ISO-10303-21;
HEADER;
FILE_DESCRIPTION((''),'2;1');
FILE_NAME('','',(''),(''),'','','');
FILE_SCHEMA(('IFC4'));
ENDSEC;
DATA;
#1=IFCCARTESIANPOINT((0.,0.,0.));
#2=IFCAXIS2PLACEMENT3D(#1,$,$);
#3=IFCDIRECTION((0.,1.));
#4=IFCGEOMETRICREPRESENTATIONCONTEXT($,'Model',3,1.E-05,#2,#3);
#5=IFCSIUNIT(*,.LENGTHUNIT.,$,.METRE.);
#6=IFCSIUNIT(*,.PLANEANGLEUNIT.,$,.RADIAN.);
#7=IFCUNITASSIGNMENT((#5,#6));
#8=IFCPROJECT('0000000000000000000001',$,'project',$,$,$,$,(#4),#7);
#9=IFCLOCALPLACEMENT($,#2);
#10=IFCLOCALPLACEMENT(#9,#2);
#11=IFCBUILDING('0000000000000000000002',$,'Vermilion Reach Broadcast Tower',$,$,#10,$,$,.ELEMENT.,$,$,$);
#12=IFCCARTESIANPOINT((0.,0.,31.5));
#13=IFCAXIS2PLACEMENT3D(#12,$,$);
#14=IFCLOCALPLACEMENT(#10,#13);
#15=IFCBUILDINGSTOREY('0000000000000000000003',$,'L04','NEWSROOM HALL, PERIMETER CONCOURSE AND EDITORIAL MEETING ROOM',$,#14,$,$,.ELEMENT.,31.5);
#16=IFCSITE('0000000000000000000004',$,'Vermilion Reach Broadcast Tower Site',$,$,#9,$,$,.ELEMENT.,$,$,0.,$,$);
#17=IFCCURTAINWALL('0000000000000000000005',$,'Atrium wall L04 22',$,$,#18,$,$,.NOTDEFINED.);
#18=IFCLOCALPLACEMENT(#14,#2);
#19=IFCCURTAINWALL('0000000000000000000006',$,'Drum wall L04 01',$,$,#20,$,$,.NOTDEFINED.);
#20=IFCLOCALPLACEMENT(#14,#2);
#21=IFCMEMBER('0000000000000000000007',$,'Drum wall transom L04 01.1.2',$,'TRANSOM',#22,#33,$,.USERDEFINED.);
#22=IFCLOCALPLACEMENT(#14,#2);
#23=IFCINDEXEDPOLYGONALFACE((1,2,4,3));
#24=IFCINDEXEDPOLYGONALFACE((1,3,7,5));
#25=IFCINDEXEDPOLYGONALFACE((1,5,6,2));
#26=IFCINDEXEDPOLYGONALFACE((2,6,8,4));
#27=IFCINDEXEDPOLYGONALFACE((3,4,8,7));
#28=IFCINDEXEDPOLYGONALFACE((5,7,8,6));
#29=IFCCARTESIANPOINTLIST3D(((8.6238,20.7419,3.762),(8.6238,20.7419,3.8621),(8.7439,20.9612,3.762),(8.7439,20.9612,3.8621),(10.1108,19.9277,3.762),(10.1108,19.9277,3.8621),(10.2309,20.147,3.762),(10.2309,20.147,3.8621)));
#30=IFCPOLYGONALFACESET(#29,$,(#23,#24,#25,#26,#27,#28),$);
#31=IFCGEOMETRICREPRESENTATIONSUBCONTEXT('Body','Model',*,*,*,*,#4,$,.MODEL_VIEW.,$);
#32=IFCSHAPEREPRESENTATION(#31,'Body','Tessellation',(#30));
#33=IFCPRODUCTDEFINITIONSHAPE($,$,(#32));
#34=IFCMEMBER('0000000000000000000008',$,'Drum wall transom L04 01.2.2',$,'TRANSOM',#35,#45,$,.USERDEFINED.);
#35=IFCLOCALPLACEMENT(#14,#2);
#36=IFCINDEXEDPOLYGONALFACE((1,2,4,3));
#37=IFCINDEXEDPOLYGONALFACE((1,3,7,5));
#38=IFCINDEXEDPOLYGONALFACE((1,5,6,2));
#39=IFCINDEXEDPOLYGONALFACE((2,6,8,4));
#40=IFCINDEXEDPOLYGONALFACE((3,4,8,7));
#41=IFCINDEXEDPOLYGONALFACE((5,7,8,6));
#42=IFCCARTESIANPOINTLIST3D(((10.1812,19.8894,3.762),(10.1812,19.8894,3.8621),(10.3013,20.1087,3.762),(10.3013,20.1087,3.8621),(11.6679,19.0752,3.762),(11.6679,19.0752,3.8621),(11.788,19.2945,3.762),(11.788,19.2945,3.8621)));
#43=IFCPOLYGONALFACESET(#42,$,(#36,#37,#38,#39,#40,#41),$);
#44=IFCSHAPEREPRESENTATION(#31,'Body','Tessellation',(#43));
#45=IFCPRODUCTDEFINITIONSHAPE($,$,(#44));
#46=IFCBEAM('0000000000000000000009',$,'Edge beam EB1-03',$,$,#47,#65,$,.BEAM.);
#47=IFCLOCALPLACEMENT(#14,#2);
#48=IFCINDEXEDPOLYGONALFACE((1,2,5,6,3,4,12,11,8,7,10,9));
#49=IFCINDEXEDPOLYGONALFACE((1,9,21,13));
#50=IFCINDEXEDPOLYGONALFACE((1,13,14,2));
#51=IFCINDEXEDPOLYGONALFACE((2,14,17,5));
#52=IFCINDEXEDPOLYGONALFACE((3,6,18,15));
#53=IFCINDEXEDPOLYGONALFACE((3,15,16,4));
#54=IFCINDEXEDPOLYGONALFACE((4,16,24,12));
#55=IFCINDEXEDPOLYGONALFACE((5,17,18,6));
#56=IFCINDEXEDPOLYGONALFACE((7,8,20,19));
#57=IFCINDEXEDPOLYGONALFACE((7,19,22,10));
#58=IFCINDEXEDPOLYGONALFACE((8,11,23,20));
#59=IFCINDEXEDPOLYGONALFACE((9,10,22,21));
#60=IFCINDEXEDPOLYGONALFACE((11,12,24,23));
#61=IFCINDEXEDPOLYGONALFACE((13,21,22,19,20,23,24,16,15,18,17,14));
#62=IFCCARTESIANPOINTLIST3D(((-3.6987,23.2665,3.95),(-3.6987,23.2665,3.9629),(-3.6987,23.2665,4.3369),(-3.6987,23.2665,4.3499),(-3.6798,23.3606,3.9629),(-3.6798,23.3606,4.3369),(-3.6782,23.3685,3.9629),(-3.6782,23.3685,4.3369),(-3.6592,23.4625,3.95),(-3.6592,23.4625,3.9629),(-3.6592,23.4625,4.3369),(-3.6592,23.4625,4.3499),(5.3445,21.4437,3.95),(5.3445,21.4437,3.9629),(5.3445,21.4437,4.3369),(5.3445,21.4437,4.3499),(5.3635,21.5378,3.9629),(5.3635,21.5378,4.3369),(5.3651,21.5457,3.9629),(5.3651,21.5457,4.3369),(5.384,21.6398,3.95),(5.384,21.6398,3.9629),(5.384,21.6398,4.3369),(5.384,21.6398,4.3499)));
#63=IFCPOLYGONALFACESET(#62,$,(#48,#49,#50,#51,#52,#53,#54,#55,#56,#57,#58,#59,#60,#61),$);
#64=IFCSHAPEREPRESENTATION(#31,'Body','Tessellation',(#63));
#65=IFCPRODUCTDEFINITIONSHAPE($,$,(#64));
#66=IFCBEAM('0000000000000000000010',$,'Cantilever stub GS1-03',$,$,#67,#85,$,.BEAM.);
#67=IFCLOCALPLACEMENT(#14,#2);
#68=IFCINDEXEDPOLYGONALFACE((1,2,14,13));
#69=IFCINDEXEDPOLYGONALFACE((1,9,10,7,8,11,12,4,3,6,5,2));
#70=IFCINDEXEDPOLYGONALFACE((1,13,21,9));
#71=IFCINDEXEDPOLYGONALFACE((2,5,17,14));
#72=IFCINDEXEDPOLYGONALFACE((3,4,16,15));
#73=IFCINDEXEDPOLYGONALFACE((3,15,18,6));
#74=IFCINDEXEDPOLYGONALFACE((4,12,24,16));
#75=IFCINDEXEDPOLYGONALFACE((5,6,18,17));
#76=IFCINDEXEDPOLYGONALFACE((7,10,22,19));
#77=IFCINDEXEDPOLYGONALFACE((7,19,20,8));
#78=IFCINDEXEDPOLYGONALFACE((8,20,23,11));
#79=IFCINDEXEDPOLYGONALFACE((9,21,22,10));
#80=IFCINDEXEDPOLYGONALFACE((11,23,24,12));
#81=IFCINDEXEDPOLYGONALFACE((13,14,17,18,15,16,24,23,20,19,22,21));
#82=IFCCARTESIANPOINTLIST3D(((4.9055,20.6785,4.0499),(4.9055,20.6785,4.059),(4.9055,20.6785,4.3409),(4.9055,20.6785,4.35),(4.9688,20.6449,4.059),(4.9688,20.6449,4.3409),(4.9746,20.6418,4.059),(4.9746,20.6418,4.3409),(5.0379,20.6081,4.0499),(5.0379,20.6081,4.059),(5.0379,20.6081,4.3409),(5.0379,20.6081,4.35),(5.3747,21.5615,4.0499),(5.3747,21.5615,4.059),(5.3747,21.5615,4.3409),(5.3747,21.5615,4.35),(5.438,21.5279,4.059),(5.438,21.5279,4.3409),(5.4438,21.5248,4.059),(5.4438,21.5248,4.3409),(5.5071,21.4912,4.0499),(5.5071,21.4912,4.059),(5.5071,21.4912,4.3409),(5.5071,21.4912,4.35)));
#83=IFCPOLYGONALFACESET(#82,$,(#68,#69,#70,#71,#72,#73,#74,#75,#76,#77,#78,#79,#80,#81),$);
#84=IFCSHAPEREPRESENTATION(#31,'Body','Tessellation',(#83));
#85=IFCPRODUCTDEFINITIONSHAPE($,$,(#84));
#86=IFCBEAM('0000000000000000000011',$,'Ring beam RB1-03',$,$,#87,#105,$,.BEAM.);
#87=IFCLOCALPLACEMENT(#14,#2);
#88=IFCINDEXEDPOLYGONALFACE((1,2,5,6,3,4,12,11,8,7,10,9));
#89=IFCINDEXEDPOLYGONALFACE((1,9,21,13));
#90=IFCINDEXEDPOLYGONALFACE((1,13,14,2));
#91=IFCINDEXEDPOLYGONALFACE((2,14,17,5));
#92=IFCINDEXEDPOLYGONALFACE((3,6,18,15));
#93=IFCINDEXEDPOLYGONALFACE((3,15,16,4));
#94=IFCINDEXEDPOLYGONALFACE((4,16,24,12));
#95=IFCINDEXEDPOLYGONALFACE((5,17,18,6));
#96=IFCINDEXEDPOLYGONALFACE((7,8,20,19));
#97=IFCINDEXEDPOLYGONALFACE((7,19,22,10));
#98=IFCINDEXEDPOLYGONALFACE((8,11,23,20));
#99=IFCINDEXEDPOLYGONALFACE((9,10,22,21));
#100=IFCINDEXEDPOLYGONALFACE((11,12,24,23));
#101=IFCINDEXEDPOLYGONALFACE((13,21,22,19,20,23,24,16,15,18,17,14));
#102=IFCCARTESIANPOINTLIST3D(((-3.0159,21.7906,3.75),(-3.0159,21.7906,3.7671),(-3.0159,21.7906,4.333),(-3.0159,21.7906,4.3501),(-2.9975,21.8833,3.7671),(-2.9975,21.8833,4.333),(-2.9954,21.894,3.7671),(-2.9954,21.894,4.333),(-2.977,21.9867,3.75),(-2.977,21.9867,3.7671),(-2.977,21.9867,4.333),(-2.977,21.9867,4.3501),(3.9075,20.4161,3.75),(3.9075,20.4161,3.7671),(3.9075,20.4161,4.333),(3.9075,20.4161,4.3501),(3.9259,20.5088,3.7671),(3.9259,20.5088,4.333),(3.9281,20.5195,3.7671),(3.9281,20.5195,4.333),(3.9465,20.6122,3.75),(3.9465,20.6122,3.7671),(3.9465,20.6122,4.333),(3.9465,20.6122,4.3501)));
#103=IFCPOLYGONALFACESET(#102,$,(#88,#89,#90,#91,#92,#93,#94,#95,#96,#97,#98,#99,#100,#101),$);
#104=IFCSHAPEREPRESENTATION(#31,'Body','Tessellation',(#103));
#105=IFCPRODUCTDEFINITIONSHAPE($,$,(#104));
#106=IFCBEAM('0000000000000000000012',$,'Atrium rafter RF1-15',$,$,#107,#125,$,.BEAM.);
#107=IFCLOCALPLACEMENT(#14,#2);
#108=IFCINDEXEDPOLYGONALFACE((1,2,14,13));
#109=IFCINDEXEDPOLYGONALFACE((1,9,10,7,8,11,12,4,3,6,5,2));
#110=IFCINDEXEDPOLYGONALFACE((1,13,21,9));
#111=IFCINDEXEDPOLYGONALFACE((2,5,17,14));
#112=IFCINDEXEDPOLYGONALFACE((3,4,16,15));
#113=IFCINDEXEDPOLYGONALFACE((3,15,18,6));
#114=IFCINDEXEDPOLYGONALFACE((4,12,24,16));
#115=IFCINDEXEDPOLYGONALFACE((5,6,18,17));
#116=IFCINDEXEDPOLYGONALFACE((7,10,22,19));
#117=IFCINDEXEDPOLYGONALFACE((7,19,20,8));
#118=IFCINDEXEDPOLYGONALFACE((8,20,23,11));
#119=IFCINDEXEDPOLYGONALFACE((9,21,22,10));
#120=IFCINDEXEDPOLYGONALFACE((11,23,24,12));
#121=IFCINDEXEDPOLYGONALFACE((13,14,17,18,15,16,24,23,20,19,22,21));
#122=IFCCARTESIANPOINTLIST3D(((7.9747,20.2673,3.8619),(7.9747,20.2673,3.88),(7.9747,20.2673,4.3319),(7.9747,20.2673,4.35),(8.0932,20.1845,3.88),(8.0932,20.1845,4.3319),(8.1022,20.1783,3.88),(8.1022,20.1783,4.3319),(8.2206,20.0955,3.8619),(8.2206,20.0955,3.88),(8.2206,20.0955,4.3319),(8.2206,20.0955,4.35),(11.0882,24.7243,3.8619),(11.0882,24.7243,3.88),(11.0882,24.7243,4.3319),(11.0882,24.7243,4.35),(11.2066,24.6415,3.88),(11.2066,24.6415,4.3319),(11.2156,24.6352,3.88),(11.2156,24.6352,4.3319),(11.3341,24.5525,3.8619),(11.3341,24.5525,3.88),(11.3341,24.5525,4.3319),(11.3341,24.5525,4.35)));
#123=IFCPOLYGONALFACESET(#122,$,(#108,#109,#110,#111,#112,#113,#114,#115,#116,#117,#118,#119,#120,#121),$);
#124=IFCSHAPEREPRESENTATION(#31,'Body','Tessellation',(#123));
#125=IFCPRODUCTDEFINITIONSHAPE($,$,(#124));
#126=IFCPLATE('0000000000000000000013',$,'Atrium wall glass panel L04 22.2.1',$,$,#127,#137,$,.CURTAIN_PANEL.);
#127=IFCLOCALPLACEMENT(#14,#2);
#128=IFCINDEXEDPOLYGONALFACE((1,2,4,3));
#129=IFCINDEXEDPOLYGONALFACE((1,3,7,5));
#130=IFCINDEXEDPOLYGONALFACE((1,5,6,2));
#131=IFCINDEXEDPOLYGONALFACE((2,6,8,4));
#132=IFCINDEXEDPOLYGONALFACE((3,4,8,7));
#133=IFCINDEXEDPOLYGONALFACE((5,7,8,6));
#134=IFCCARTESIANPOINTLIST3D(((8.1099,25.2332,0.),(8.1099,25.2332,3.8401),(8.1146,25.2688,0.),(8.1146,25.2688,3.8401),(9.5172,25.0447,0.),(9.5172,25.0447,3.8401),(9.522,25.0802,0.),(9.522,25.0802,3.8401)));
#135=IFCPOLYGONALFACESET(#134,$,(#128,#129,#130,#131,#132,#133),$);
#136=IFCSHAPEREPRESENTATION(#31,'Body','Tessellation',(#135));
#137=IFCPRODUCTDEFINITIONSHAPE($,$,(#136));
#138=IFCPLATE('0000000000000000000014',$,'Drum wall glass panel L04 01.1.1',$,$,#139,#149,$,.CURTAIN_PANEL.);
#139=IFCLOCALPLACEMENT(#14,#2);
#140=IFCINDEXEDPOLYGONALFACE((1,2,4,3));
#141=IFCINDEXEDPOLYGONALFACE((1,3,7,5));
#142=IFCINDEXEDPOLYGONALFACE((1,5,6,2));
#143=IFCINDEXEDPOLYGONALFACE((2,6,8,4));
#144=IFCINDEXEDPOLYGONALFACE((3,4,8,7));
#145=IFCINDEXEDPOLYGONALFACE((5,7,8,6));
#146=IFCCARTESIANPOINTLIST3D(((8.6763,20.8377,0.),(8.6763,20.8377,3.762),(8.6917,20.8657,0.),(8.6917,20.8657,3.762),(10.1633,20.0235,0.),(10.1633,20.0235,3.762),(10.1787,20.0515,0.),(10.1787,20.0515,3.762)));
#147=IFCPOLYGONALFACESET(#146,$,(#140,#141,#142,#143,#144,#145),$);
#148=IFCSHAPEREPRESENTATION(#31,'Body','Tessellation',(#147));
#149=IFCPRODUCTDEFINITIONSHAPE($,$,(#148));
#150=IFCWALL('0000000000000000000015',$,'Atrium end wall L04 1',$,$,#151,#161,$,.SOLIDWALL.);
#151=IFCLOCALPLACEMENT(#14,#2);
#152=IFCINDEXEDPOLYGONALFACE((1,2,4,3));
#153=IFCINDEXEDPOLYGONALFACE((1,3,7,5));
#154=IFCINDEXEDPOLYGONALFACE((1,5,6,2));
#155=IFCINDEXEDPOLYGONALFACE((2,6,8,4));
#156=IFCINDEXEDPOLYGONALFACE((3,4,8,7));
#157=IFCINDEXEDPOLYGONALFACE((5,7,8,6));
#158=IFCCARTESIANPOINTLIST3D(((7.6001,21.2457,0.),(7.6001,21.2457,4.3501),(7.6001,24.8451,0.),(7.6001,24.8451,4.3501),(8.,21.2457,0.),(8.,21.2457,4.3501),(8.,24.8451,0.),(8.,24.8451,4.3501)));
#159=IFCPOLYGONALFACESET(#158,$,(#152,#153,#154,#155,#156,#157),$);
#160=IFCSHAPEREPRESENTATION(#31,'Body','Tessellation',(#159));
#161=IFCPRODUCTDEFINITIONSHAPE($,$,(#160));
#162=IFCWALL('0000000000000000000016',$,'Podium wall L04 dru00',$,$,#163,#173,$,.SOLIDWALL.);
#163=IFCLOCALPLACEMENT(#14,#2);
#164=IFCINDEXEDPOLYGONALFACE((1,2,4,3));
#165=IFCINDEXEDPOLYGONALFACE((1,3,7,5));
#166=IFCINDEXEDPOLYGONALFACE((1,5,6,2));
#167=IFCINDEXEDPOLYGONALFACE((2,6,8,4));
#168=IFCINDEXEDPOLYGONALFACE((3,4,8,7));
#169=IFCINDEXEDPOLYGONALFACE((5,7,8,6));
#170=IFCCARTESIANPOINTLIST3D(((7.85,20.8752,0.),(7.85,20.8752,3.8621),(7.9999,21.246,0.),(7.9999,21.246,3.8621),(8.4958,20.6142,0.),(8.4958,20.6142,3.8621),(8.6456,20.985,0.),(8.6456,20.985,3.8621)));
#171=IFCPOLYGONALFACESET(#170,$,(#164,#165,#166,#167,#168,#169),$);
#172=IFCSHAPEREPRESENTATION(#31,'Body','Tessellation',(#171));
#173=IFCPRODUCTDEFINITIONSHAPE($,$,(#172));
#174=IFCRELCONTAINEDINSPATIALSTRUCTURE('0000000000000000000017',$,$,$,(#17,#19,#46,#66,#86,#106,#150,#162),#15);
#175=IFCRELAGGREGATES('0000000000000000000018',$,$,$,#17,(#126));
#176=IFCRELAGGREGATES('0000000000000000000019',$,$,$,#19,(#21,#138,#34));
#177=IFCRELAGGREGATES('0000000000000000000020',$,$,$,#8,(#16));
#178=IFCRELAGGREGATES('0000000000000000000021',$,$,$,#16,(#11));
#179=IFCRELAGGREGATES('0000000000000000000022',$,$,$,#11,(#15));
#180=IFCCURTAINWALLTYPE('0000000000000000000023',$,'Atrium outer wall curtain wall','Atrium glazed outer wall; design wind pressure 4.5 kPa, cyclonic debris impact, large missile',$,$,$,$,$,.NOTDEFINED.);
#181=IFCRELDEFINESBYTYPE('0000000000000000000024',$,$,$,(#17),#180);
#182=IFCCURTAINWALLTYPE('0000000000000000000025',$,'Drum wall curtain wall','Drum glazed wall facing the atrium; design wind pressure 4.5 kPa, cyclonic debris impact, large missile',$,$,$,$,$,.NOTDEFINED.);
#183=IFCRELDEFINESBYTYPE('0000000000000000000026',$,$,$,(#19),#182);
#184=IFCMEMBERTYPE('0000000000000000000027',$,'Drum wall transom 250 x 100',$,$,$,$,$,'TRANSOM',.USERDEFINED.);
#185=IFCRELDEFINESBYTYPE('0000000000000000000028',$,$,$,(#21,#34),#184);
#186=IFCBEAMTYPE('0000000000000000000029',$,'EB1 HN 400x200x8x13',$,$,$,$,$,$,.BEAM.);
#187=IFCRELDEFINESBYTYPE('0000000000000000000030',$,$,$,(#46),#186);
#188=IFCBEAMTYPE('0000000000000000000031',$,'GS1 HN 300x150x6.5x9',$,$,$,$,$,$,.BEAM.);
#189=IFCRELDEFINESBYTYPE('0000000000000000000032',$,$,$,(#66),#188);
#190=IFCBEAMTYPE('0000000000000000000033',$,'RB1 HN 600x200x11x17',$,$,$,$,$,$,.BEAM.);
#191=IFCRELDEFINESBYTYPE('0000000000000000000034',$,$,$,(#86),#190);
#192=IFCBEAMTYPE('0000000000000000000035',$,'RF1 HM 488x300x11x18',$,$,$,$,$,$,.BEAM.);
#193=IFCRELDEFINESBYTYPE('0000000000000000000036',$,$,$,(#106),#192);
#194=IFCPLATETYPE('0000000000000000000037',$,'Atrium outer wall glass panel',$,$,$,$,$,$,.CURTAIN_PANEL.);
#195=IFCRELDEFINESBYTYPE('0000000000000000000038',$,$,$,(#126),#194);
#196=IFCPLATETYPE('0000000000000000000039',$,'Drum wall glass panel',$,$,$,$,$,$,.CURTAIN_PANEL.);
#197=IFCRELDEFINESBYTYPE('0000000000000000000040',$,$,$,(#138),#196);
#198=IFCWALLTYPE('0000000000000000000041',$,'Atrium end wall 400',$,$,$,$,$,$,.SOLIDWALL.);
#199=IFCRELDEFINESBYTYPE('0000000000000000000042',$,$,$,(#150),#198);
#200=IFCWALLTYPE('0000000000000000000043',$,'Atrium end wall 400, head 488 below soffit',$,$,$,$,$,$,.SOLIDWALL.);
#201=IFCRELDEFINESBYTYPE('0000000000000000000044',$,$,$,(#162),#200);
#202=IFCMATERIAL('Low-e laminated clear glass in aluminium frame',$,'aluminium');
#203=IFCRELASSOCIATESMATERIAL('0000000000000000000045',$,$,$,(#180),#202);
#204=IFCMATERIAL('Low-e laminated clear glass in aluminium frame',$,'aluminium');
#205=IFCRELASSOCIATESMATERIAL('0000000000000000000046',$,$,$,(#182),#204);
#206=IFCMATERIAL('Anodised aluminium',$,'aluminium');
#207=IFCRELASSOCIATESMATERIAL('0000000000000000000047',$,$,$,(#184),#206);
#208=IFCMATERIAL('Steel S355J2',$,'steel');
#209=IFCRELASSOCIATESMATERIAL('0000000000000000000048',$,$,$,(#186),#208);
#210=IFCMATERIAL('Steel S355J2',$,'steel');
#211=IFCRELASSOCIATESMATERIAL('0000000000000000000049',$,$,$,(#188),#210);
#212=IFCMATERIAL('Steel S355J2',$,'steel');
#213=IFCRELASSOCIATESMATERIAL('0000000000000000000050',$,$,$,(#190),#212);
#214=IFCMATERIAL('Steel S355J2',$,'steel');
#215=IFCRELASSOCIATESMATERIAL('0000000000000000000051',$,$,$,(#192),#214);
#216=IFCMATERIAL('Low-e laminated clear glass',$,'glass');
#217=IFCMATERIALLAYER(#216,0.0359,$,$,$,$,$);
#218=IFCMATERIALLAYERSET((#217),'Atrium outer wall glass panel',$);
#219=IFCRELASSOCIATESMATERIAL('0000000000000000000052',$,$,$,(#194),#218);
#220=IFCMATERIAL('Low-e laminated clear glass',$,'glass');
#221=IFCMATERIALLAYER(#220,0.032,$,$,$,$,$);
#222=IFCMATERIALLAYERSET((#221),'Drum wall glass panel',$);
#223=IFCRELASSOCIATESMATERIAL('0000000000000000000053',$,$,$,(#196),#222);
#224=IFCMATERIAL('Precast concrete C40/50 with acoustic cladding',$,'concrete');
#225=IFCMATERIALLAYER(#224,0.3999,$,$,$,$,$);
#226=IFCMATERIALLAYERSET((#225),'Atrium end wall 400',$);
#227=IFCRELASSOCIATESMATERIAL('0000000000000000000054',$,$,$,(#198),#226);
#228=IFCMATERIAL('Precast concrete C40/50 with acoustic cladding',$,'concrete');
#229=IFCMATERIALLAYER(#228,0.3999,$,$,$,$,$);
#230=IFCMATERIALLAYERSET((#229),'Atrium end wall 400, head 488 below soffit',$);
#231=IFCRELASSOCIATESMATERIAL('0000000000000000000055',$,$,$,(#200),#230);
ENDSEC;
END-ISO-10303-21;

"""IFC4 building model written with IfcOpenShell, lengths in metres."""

from ifc_helpers import new_model, si_unit, direction, frame, frame_2d, origin, origin_2d, place, context, subcontext, project, spatial, rectangle, i_section, extrude, material, layer, layer_set, material_profile, profile_set, type_object, element, aggregate, save


model = new_model("IFC4")

# Units and contexts
model_context = context("Model", 3, precision=1e-05, world=origin(), true_north=direction((0.0, 1.0)))
body_context = subcontext(model_context, "Body", "Model", "MODEL_VIEW")
ifc_project = project(units=[si_unit("LENGTHUNIT", "METRE"), si_unit("PLANEANGLEUNIT", "RADIAN")], contexts=[model_context])

# Site, building, storey
site_placement = place(None, origin())
site = spatial("IfcSite", under=ifc_project, at=site_placement, Name="Vermilion Reach Broadcast Tower Site", CompositionType="ELEMENT", RefElevation=0.0)
building_placement = place(site_placement, origin())
building = spatial("IfcBuilding", under=site, at=building_placement, Name="Vermilion Reach Broadcast Tower", CompositionType="ELEMENT")
storey_placement = place(building_placement, frame((0.0, 0.0, 31.5)))
storey = spatial("IfcBuildingStorey", under=building, at=storey_placement, Name="L04", Description="NEWSROOM HALL, PERIMETER CONCOURSE AND EDITORIAL MEETING ROOM", CompositionType="ELEMENT", Elevation=31.5)

# Curtain walls, members
ifc_material_1 = material(Name="Low-e laminated clear glass in aluminium frame", Category="aluminium")
curtain_wall_type_1 = type_object("IfcCurtainWallType", Name="Atrium outer wall curtain wall", Description="Atrium glazed outer wall; design wind pressure 4.5 kPa, cyclonic debris impact, large missile", PredefinedType="NOTDEFINED", material=ifc_material_1)
placement = place(storey_placement, origin())
curtain_wall_1 = element("IfcCurtainWall", 1, at=placement, inside=storey, type_object=curtain_wall_type_1, Name="Atrium wall L04 22", PredefinedType="NOTDEFINED")
ifc_material_2 = material(Name="Low-e laminated clear glass in aluminium frame", Category="aluminium")
curtain_wall_type_2 = type_object("IfcCurtainWallType", Name="Drum wall curtain wall", Description="Drum glazed wall facing the atrium; design wind pressure 4.5 kPa, cyclonic debris impact, large missile", PredefinedType="NOTDEFINED", material=ifc_material_2)
curtain_wall_2 = element("IfcCurtainWall", 2, at=placement, inside=storey, type_object=curtain_wall_type_2, Name="Drum wall L04 01", PredefinedType="NOTDEFINED")
ifc_material_3 = material(Name="Anodised aluminium", Category="aluminium")
ifc_material_profile_1 = material_profile(ifc_material_3, rectangle(XDim=0.25, YDim=0.1001, at=origin_2d()), Name="Drum wall transom 250 x 100")
ifc_profile_set_1 = profile_set([ifc_material_profile_1], Name="Anodised aluminium")
member_type_1 = type_object("IfcMemberType", Name="Drum wall transom 250 x 100", ElementType="TRANSOM", PredefinedType="USERDEFINED", material=ifc_profile_set_1)
member_1_placement = place(storey_placement, frame((8.6838, 20.8516, 3.812), z_axis=(0.877129, -0.480254, 0.0), x_axis=(0.480254, 0.877129, 0.0)))
member_1 = element("IfcMember", 3, at=member_1_placement, type_object=member_type_1, Name="Drum wall transom L04 01.1.2", ObjectType="TRANSOM", PredefinedType="USERDEFINED", context=body_context, shape_type="SweptSolid", body=[
    extrude(rectangle(XDim=0.25, YDim=0.1001, at=origin_2d()), origin(), (0.0, 0.0, 1.0), 1.6953),
])
member_2_placement = place(storey_placement, frame((10.2412, 19.999, 3.812), z_axis=(0.877096, -0.480315, 0.0), x_axis=(0.480315, 0.877096, 0.0)))
member_2 = element("IfcMember", 4, at=member_2_placement, type_object=member_type_1, Name="Drum wall transom L04 01.2.2", ObjectType="TRANSOM", PredefinedType="USERDEFINED", context=body_context, shape_type="SweptSolid", body=[
    extrude(rectangle(XDim=0.25, YDim=0.1001, at=origin_2d()), origin(), (0.0, 0.0, 1.0), 1.6951),
])

# Beams
ifc_material_4 = material(Name="Steel S355J2", Category="steel")
ifc_material_profile_2 = material_profile(ifc_material_4, i_section(OverallWidth=0.2, OverallDepth=0.3999, WebThickness=0.0081, FlangeThickness=0.0129, at=origin_2d()), Name="S355J2 HN 400x200x8x13")
ifc_profile_set_2 = profile_set([ifc_material_profile_2], Name="Steel S355J2")
beam_type_1 = type_object("IfcBeamType", Name="EB1 HN 400x200x8x13", PredefinedType="BEAM", material=ifc_profile_set_2)
beam_1_placement = place(storey_placement, frame((5.3643, 21.5417, 4.1499), z_axis=(-0.980285, 0.197587, 0.0), x_axis=(-0.197587, -0.980285, 0.0)))
element("IfcBeam", 5, at=beam_1_placement, inside=storey, type_object=beam_type_1, Name="Edge beam EB1-03", PredefinedType="BEAM", context=body_context, shape_type="SweptSolid", body=[
    extrude(i_section(OverallWidth=0.2, OverallDepth=0.3999, WebThickness=0.0081, FlangeThickness=0.0129, at=origin_2d()), origin(), (0.0, 0.0, 1.0), 9.2251),
])
ifc_material_5 = material(Name="Steel S355J2", Category="steel")
ifc_material_profile_3 = material_profile(ifc_material_5, i_section(OverallWidth=0.1499, OverallDepth=0.3, WebThickness=0.0066, FlangeThickness=0.009, at=origin_2d()), Name="S355J2 HN 300x150x6.5x9")
ifc_profile_set_3 = profile_set([ifc_material_profile_3], Name="Steel S355J2")
beam_type_2 = type_object("IfcBeamType", Name="GS1 HN 300x150x6.5x9", PredefinedType="BEAM", material=ifc_profile_set_3)
beam_2_placement = place(storey_placement, frame((4.9717, 20.6433, 4.2), z_axis=(0.469244, 0.883068, 0.0), x_axis=(-0.883068, 0.469244, 0.0)))
element("IfcBeam", 6, at=beam_2_placement, inside=storey, type_object=beam_type_2, Name="Cantilever stub GS1-03", PredefinedType="BEAM", context=body_context, shape_type="SweptSolid", body=[
    extrude(i_section(OverallWidth=0.1499, OverallDepth=0.3, WebThickness=0.0066, FlangeThickness=0.009, at=origin_2d()), origin(), (0.0, 0.0, 1.0), 1.0),
])
ifc_material_6 = material(Name="Steel S355J2", Category="steel")
ifc_material_profile_4 = material_profile(ifc_material_6, i_section(OverallWidth=0.2, OverallDepth=0.6001, WebThickness=0.011, FlangeThickness=0.0171, at=origin_2d()), Name="S355J2 HN 600x200x11x17")
ifc_profile_set_4 = profile_set([ifc_material_profile_4], Name="Steel S355J2")
beam_type_3 = type_object("IfcBeamType", Name="RB1 HN 600x200x11x17", PredefinedType="BEAM", material=ifc_profile_set_4)
beam_3_placement = place(storey_placement, frame((3.927, 20.5142, 4.05), z_axis=(-0.980858, 0.194726, 0.0), x_axis=(-0.194726, -0.980858, 0.0)))
element("IfcBeam", 7, at=beam_3_placement, inside=storey, type_object=beam_type_3, Name="Ring beam RB1-03", PredefinedType="BEAM", context=body_context, shape_type="SweptSolid", body=[
    extrude(i_section(OverallWidth=0.2, OverallDepth=0.6001, WebThickness=0.011, FlangeThickness=0.0171, at=origin_2d()), origin(), (0.0, 0.0, 1.0), 7.0586),
])
ifc_material_7 = material(Name="Steel S355J2", Category="steel")
ifc_material_profile_5 = material_profile(ifc_material_7, i_section(OverallWidth=0.3, OverallDepth=0.488, WebThickness=0.011, FlangeThickness=0.0181, at=origin_2d()), Name="S355J2 HM 488x300x11x18")
ifc_profile_set_5 = profile_set([ifc_material_profile_5], Name="Steel S355J2")
beam_type_4 = type_object("IfcBeamType", Name="RF1 HM 488x300x11x18", PredefinedType="BEAM", material=ifc_profile_set_5)
beam_4_placement = place(storey_placement, frame((8.0977, 20.1814, 4.106), z_axis=(0.572672, 0.819784, 0.0), x_axis=(-0.819784, 0.572672, 0.0)))
element("IfcBeam", 8, at=beam_4_placement, inside=storey, type_object=beam_type_4, Name="Atrium rafter RF1-15", PredefinedType="BEAM", context=body_context, shape_type="SweptSolid", body=[
    extrude(i_section(OverallWidth=0.3, OverallDepth=0.488, WebThickness=0.011, FlangeThickness=0.0181, at=origin_2d()), origin(), (0.0, 0.0, 1.0), 5.4368),
])

# Plates
ifc_material_8 = material(Name="Low-e laminated clear glass", Category="glass")
ifc_layer_1 = layer(ifc_material_8, 0.0359)
ifc_layer_set_1 = layer_set([ifc_layer_1], Name="Atrium outer wall glass panel")
plate_type_1 = type_object("IfcPlateType", Name="Atrium outer wall glass panel", PredefinedType="CURTAIN_PANEL", material=ifc_layer_set_1)
plate_1_placement = place(storey_placement, frame((8.8159, 25.1567, 0.0), z_axis=(0.0, 0.0, 1.0), x_axis=(-0.991144, 0.132794, 0.0)))
plate_1 = element("IfcPlate", 9, at=plate_1_placement, type_object=plate_type_1, Name="Atrium wall glass panel L04 22.2.1", PredefinedType="CURTAIN_PANEL", context=body_context, shape_type="SweptSolid", body=[
    extrude(rectangle(XDim=1.4199, YDim=0.0359, at=origin_2d()), origin(), (0.0, 0.0, 1.0), 3.8401),
])
aggregate(curtain_wall_1, [plate_1])
ifc_material_9 = material(Name="Low-e laminated clear glass", Category="glass")
ifc_layer_2 = layer(ifc_material_9, 0.032)
ifc_layer_set_2 = layer_set([ifc_layer_2], Name="Drum wall glass panel")
plate_type_2 = type_object("IfcPlateType", Name="Drum wall glass panel", PredefinedType="CURTAIN_PANEL", material=ifc_layer_set_2)
plate_2_placement = place(storey_placement, frame((9.4275, 20.4446, 0.0), z_axis=(0.0, 0.0, 1.0), x_axis=(0.877121, -0.480269, 0.0)))
plate_2 = element("IfcPlate", 10, at=plate_2_placement, type_object=plate_type_2, Name="Drum wall glass panel L04 01.1.1", PredefinedType="CURTAIN_PANEL", context=body_context, shape_type="SweptSolid", body=[
    extrude(rectangle(XDim=1.6953, YDim=0.032, at=origin_2d()), origin(), (0.0, 0.0, 1.0), 3.762),
])
aggregate(curtain_wall_2, [member_1, plate_2, member_2])

# Walls
ifc_material_10 = material(Name="Precast concrete C40/50 with acoustic cladding", Category="concrete")
ifc_layer_3 = layer(ifc_material_10, 0.3999)
ifc_layer_set_3 = layer_set([ifc_layer_3], Name="Atrium end wall 400")
wall_type_1 = type_object("IfcWallType", Name="Atrium end wall 400", PredefinedType="SOLIDWALL", material=ifc_layer_set_3)
wall_1_placement = place(storey_placement, frame((7.8, 24.8452, 0.0), z_axis=(0.0, 0.0, 1.0), x_axis=(0.0, -1.0, 0.0)))
element("IfcWall", 11, at=wall_1_placement, inside=storey, type_object=wall_type_1, Name="Atrium end wall L04 1", PredefinedType="SOLIDWALL", context=body_context, shape_type="SweptSolid", body=[
    extrude(rectangle(XDim=3.5994, YDim=0.3999, at=frame_2d((1.7998, 0.0))), origin(), (0.0, 0.0, 1.0), 4.3501),
])
ifc_material_11 = material(Name="Precast concrete C40/50 with acoustic cladding", Category="concrete")
ifc_layer_4 = layer(ifc_material_11, 0.3999)
ifc_layer_set_4 = layer_set([ifc_layer_4], Name="Atrium end wall 400, head 488 below soffit")
wall_type_2 = type_object("IfcWallType", Name="Atrium end wall 400, head 488 below soffit", PredefinedType="SOLIDWALL", material=ifc_layer_set_4)
wall_2_placement = place(storey_placement, frame((7.925, 21.0605, 0.0), z_axis=(0.0, 0.0, 1.0), x_axis=(0.927141, -0.374712, 0.0)))
element("IfcWall", 12, at=wall_2_placement, inside=storey, type_object=wall_type_2, Name="Podium wall L04 dru00", PredefinedType="SOLIDWALL", context=body_context, shape_type="SweptSolid", body=[
    extrude(rectangle(XDim=0.6965, YDim=0.3999, at=frame_2d((0.3481, 0.0))), origin(), (0.0, 0.0, 1.0), 3.8621),
])

save(model, "model.ifc")
